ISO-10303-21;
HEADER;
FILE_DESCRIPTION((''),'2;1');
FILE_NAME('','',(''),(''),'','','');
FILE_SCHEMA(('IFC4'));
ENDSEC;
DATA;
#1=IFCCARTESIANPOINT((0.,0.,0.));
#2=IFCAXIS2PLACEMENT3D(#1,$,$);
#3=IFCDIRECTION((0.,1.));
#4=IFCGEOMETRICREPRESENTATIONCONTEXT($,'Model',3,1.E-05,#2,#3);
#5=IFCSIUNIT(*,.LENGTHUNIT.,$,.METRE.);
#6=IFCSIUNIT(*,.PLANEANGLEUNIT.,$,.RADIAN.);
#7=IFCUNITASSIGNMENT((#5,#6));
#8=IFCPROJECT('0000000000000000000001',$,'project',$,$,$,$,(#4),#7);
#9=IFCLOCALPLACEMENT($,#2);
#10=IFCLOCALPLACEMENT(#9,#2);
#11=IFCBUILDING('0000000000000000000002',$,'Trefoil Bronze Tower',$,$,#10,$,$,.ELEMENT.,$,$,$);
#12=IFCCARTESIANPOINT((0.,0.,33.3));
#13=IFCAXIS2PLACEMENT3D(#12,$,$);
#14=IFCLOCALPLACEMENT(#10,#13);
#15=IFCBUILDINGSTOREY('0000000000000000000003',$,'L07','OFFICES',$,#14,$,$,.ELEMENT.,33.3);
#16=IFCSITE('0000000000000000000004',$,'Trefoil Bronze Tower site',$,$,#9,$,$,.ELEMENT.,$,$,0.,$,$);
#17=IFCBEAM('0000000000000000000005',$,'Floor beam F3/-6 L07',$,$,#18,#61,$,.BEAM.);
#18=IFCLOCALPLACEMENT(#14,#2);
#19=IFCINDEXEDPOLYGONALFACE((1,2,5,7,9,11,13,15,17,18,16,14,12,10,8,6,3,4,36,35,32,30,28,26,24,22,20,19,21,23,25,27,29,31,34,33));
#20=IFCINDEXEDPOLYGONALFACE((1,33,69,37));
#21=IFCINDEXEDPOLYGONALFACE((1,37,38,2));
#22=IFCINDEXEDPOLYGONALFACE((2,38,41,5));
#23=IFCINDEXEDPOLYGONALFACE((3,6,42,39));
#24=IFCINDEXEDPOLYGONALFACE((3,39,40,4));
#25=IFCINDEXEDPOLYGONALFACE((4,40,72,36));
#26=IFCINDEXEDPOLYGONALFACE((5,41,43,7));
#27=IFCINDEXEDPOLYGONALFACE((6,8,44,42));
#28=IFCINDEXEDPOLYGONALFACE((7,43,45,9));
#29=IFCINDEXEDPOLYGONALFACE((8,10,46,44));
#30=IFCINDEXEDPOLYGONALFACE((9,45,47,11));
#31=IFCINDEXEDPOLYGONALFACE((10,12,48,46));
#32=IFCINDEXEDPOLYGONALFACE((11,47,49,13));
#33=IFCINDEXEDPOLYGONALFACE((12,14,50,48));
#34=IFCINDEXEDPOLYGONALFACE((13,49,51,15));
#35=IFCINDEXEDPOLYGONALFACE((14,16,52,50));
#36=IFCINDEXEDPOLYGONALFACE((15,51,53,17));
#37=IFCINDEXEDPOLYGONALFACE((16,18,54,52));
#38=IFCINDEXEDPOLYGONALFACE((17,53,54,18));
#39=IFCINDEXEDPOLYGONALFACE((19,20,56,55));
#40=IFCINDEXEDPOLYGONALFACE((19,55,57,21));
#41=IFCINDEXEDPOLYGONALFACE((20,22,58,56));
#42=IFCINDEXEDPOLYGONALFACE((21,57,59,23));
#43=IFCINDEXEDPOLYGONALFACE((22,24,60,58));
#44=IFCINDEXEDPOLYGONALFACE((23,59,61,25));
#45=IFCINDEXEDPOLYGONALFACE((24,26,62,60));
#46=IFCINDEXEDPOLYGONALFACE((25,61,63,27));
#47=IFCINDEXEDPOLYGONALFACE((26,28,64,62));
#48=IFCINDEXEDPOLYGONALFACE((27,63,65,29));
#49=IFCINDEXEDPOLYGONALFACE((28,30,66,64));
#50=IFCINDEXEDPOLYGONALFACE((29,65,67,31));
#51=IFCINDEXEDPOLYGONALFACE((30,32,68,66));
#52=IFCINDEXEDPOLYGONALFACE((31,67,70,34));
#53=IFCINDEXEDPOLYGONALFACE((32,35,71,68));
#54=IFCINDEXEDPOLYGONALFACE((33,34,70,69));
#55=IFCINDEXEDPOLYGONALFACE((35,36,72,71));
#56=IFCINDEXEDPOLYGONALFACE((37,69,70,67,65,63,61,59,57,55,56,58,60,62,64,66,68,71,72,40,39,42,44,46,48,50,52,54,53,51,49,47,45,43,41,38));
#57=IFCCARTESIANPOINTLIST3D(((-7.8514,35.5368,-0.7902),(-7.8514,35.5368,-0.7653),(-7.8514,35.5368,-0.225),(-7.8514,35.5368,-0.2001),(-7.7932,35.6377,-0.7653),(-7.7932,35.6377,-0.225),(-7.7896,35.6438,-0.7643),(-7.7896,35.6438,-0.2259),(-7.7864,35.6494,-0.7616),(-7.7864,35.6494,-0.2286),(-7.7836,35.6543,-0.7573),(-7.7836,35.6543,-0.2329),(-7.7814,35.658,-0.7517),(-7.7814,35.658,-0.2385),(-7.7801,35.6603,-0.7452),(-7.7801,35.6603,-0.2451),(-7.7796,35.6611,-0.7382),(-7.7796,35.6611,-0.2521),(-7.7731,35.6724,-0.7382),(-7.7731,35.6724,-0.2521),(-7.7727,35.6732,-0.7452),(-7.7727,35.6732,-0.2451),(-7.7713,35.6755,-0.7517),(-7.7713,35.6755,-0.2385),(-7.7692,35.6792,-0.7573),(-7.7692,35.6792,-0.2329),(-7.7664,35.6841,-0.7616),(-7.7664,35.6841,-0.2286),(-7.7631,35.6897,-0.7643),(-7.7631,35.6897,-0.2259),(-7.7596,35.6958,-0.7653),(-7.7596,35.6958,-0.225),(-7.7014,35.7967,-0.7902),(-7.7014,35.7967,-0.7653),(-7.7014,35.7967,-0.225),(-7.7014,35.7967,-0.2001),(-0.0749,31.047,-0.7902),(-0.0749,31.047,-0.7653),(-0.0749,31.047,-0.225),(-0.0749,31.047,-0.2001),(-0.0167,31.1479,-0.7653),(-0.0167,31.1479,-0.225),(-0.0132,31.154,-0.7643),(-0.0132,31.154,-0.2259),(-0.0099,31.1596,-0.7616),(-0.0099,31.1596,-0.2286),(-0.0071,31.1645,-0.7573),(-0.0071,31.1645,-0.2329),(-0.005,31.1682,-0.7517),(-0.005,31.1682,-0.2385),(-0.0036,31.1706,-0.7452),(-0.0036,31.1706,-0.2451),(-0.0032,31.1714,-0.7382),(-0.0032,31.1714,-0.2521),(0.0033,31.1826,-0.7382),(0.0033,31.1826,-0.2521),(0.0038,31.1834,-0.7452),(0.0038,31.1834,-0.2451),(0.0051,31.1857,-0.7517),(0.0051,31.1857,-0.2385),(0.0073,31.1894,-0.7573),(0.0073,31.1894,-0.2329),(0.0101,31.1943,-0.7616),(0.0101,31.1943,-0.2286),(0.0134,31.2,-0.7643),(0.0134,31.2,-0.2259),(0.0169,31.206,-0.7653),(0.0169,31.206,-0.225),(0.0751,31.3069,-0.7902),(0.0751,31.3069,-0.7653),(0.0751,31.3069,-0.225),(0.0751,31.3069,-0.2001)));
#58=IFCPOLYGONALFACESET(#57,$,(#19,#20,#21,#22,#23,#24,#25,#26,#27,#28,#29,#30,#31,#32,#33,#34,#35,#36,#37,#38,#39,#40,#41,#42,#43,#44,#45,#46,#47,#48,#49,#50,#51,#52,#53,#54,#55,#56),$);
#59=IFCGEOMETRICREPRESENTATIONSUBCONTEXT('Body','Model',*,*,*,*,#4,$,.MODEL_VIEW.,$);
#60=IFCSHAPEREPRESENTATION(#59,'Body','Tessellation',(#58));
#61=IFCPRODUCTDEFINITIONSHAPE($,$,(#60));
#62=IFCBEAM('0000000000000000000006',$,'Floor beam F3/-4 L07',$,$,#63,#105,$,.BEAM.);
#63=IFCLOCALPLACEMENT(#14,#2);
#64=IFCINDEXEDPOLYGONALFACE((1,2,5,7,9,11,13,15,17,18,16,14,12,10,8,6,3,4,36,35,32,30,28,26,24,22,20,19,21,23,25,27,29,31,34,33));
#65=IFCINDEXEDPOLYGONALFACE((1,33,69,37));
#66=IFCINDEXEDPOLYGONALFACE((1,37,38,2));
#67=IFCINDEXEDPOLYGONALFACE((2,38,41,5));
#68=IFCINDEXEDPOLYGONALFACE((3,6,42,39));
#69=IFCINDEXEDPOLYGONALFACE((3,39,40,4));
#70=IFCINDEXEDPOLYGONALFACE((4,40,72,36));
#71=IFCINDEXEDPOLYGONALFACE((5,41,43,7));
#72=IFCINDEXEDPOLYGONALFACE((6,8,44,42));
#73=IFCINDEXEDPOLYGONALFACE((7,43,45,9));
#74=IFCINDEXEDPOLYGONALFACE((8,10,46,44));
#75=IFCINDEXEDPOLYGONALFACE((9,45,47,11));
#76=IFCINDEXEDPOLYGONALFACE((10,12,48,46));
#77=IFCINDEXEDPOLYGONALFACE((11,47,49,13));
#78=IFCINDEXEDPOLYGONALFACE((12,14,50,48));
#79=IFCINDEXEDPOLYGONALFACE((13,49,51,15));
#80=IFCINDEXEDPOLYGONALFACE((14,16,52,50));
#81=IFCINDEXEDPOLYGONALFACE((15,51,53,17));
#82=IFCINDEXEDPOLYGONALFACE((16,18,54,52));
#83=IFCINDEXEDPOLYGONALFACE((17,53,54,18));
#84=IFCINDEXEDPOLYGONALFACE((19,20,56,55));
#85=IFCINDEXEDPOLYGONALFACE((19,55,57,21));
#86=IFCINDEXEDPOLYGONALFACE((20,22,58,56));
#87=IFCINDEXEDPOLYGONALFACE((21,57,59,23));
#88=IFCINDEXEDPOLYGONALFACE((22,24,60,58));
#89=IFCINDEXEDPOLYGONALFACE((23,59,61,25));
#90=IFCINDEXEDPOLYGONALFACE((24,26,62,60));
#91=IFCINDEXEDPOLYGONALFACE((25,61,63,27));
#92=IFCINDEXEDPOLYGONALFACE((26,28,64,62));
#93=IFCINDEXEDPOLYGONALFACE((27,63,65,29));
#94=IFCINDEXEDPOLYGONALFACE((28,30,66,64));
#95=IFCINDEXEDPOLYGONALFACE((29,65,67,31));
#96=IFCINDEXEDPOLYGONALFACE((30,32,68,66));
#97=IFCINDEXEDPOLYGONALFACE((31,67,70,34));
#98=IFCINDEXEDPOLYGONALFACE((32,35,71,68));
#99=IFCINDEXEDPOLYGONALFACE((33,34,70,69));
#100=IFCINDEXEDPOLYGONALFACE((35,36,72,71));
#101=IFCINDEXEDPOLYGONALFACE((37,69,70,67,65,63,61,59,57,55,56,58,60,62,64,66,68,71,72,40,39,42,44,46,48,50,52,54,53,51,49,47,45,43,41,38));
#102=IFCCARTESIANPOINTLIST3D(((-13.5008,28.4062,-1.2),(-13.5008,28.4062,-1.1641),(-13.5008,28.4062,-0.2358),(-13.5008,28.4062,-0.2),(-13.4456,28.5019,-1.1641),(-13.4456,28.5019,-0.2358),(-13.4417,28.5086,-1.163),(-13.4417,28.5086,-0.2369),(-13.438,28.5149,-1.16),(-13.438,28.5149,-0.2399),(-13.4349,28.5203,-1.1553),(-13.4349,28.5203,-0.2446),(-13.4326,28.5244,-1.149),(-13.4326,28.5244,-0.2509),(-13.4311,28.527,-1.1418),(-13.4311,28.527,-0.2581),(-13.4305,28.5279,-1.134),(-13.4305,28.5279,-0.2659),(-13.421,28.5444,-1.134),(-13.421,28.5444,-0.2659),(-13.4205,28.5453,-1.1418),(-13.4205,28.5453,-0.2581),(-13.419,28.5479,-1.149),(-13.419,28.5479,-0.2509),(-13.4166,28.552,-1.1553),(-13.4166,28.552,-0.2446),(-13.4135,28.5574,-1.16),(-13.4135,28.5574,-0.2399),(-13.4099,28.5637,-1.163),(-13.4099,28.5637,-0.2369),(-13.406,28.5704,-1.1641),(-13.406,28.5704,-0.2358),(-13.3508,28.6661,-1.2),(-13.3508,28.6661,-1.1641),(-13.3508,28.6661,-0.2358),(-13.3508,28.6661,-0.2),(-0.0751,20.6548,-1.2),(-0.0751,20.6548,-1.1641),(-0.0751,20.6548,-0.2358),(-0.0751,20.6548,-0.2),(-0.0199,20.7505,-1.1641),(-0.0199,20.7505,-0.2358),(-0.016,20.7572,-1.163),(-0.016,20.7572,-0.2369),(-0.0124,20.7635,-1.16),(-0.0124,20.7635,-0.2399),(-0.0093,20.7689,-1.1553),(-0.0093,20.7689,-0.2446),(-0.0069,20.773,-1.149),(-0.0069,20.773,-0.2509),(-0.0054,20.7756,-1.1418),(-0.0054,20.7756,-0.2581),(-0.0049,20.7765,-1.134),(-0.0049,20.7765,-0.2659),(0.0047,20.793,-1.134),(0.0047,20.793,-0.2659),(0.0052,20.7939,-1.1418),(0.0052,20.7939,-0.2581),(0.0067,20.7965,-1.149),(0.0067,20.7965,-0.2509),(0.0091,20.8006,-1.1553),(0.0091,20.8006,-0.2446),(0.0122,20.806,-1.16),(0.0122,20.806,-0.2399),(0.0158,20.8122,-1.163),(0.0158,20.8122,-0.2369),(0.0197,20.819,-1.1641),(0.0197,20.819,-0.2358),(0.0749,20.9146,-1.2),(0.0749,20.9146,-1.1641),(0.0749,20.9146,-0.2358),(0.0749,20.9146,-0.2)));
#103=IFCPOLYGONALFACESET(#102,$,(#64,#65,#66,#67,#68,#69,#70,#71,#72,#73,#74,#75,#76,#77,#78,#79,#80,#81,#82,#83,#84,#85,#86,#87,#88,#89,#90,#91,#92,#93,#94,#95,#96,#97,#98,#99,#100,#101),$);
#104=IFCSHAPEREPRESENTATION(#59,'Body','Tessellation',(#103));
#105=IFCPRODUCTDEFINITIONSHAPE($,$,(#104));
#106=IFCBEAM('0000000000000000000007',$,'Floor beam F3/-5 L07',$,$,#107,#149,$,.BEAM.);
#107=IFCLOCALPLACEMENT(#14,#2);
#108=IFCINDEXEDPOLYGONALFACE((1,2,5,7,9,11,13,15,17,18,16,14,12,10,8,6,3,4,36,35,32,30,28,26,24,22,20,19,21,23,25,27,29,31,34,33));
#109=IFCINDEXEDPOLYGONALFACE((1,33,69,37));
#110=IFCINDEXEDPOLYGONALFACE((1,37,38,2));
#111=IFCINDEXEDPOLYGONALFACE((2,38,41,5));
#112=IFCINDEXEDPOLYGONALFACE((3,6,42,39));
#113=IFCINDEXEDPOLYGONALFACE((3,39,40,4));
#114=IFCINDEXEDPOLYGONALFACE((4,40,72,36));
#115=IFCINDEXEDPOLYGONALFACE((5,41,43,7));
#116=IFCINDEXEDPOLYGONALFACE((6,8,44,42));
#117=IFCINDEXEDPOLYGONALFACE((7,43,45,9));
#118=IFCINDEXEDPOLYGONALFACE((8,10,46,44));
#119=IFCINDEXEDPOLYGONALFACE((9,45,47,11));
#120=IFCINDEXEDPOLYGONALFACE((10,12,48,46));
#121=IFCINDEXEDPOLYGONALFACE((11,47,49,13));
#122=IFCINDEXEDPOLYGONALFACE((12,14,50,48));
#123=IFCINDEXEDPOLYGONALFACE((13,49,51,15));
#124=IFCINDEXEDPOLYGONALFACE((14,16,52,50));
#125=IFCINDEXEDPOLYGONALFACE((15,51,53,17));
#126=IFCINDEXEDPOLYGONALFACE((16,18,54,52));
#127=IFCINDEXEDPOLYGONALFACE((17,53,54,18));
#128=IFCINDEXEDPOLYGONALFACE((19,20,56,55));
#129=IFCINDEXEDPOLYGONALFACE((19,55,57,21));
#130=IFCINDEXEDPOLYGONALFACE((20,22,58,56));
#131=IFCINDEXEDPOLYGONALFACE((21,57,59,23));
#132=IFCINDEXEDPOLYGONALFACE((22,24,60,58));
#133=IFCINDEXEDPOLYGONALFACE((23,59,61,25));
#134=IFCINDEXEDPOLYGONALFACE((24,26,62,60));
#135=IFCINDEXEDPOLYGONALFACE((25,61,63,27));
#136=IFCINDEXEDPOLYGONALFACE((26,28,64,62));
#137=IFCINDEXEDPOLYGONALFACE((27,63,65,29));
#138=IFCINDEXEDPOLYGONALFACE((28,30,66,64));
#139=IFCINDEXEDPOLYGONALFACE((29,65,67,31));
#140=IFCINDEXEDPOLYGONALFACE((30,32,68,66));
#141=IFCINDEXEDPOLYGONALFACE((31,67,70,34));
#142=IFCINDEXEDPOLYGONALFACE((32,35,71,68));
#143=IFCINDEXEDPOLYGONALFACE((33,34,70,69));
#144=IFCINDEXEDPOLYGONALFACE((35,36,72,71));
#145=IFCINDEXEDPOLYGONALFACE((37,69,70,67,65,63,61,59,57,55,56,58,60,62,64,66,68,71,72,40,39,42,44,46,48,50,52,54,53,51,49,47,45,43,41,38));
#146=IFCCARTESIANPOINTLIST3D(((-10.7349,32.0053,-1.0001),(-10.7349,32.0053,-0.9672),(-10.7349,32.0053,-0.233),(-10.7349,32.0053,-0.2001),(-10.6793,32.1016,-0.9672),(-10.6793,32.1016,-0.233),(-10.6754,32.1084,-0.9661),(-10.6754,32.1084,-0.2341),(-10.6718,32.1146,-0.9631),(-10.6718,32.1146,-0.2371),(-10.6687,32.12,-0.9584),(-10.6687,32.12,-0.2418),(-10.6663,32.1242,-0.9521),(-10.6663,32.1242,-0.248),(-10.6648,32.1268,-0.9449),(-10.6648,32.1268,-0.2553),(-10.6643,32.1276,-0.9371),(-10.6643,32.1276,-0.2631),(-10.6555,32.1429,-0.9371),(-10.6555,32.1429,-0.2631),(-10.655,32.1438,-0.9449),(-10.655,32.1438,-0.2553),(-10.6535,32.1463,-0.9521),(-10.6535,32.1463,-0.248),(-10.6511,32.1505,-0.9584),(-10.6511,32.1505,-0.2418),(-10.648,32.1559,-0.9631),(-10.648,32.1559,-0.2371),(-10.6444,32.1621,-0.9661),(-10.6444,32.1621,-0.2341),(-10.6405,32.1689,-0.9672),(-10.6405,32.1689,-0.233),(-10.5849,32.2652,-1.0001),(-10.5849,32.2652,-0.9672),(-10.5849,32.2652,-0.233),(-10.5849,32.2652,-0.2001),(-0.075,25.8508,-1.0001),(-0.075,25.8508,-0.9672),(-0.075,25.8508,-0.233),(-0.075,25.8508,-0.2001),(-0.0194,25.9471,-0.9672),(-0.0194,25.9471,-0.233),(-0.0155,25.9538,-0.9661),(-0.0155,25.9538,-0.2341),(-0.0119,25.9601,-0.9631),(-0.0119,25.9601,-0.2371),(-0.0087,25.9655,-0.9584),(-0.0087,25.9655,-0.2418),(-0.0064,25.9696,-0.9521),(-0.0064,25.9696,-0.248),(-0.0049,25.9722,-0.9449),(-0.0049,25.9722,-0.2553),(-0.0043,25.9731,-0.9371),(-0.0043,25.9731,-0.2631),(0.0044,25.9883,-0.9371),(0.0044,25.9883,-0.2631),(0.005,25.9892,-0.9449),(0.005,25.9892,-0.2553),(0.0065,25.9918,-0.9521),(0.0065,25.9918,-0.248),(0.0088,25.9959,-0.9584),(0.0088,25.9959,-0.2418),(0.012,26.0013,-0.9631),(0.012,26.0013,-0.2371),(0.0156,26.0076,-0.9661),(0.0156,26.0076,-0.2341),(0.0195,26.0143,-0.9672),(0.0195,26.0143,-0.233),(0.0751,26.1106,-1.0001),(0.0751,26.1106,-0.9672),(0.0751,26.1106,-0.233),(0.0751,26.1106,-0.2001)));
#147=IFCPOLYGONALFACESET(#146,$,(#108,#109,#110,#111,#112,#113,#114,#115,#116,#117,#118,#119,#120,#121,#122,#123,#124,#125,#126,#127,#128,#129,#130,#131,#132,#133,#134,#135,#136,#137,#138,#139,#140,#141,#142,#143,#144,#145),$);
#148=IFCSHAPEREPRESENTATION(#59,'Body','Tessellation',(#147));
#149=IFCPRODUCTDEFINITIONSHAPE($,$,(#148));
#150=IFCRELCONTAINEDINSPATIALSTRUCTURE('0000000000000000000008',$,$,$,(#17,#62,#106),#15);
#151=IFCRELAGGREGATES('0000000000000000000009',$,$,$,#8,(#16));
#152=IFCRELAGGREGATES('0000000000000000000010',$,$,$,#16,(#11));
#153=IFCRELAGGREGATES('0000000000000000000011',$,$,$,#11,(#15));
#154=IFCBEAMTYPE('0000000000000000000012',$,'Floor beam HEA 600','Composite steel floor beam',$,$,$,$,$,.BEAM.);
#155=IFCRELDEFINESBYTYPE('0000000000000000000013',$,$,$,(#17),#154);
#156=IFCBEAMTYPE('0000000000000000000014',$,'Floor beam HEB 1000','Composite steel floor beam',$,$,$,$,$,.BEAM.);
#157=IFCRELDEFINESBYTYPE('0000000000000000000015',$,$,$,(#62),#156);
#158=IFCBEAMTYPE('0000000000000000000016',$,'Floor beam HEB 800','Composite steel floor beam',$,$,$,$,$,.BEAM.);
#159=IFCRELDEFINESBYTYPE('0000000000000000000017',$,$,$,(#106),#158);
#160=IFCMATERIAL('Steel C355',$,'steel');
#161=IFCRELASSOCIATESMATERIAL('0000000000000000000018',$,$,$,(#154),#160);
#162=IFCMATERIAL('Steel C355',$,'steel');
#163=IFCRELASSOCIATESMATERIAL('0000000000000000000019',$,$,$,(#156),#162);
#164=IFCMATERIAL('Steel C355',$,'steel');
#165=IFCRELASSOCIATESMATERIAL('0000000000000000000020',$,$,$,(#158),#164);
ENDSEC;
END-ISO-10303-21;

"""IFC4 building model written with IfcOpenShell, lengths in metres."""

from ifc_helpers import new_model, si_unit, direction, frame, origin, origin_2d, place, context, subcontext, project, spatial, i_section, extrude, material, material_profile, profile_set, type_object, element, save


model = new_model("IFC4")

# Units and contexts
model_context = context("Model", 3, precision=1e-05, world=origin(), true_north=direction((0.0, 1.0)))
body_context = subcontext(model_context, "Body", "Model", "MODEL_VIEW")
ifc_project = project(units=[si_unit("LENGTHUNIT", "METRE"), si_unit("PLANEANGLEUNIT", "RADIAN")], contexts=[model_context])

# Site, building, storey
site_placement = place(None, origin())
site = spatial("IfcSite", under=ifc_project, at=site_placement, Name="Trefoil Bronze Tower site", CompositionType="ELEMENT", RefElevation=0.0)
building_placement = place(site_placement, origin())
building = spatial("IfcBuilding", under=site, at=building_placement, Name="Trefoil Bronze Tower", CompositionType="ELEMENT")
storey_placement = place(building_placement, frame((0.0, 0.0, 33.3)))
storey = spatial("IfcBuildingStorey", under=building, at=storey_placement, Name="L07", Description="OFFICES", CompositionType="ELEMENT", Elevation=33.3)

# Beams
ifc_material_1 = material(Name="Steel C355", Category="steel")
ifc_material_profile_1 = material_profile(ifc_material_1, i_section(OverallWidth=0.3, OverallDepth=0.5901, WebThickness=0.0129, FlangeThickness=0.0249, FilletRadius=0.0271, at=origin_2d()), Name="HEA 600")
ifc_profile_set_1 = profile_set([ifc_material_profile_1], Name="Steel C355")
beam_type_1 = type_object("IfcBeamType", Name="Floor beam HEA 600", Description="Composite steel floor beam", PredefinedType="BEAM", material=ifc_profile_set_1)
beam_1_placement = place(storey_placement, frame((-7.7764, 35.6667, -0.4951), z_axis=(0.866023, -0.500005, 0.0), x_axis=(0.500005, 0.866023, 0.0)))
element("IfcBeam", 1, at=beam_1_placement, inside=storey, type_object=beam_type_1, Name="Floor beam F3/-6 L07", PredefinedType="BEAM", context=body_context, shape_type="SweptSolid", body=[
    extrude(i_section(OverallWidth=0.3, OverallDepth=0.5901, WebThickness=0.0129, FlangeThickness=0.0249, FilletRadius=0.0271, at=origin_2d()), origin(), (0.0, 0.0, 1.0), 8.9795),
])
ifc_material_2 = material(Name="Steel C355", Category="steel")
ifc_material_profile_2 = material_profile(ifc_material_2, i_section(OverallWidth=0.3, OverallDepth=1.0, WebThickness=0.019, FlangeThickness=0.0359, FilletRadius=0.03, at=origin_2d()), Name="HEB 1000")
ifc_profile_set_2 = profile_set([ifc_material_profile_2], Name="Steel C355")
beam_type_2 = type_object("IfcBeamType", Name="Floor beam HEB 1000", Description="Composite steel floor beam", PredefinedType="BEAM", material=ifc_profile_set_2)
beam_2_placement = place(storey_placement, frame((-13.4258, 28.5361, -0.7), z_axis=(0.866023, -0.500004, 0.0), x_axis=(0.500004, 0.866023, 0.0)))
element("IfcBeam", 2, at=beam_2_placement, inside=storey, type_object=beam_type_2, Name="Floor beam F3/-4 L07", PredefinedType="BEAM", context=body_context, shape_type="SweptSolid", body=[
    extrude(i_section(OverallWidth=0.3, OverallDepth=1.0, WebThickness=0.019, FlangeThickness=0.0359, FilletRadius=0.03, at=origin_2d()), origin(), (0.0, 0.0, 1.0), 15.5027),
])
ifc_material_3 = material(Name="Steel C355", Category="steel")
ifc_material_profile_3 = material_profile(ifc_material_3, i_section(OverallWidth=0.3, OverallDepth=0.8, WebThickness=0.0176, FlangeThickness=0.033, FilletRadius=0.03, at=origin_2d()), Name="HEB 800")
ifc_profile_set_3 = profile_set([ifc_material_profile_3], Name="Steel C355")
beam_type_3 = type_object("IfcBeamType", Name="Floor beam HEB 800", Description="Composite steel floor beam", PredefinedType="BEAM", material=ifc_profile_set_3)
beam_3_placement = place(storey_placement, frame((-10.6599, 32.1353, -0.6001), z_axis=(0.866024, -0.500002, 0.0), x_axis=(0.500002, 0.866024, 0.0)))
element("IfcBeam", 3, at=beam_3_placement, inside=storey, type_object=beam_type_3, Name="Floor beam F3/-5 L07", PredefinedType="BEAM", context=body_context, shape_type="SweptSolid", body=[
    extrude(i_section(OverallWidth=0.3, OverallDepth=0.8, WebThickness=0.0176, FlangeThickness=0.033, FilletRadius=0.03, at=origin_2d()), origin(), (0.0, 0.0, 1.0), 12.3091),
])

save(model, "model.ifc")
